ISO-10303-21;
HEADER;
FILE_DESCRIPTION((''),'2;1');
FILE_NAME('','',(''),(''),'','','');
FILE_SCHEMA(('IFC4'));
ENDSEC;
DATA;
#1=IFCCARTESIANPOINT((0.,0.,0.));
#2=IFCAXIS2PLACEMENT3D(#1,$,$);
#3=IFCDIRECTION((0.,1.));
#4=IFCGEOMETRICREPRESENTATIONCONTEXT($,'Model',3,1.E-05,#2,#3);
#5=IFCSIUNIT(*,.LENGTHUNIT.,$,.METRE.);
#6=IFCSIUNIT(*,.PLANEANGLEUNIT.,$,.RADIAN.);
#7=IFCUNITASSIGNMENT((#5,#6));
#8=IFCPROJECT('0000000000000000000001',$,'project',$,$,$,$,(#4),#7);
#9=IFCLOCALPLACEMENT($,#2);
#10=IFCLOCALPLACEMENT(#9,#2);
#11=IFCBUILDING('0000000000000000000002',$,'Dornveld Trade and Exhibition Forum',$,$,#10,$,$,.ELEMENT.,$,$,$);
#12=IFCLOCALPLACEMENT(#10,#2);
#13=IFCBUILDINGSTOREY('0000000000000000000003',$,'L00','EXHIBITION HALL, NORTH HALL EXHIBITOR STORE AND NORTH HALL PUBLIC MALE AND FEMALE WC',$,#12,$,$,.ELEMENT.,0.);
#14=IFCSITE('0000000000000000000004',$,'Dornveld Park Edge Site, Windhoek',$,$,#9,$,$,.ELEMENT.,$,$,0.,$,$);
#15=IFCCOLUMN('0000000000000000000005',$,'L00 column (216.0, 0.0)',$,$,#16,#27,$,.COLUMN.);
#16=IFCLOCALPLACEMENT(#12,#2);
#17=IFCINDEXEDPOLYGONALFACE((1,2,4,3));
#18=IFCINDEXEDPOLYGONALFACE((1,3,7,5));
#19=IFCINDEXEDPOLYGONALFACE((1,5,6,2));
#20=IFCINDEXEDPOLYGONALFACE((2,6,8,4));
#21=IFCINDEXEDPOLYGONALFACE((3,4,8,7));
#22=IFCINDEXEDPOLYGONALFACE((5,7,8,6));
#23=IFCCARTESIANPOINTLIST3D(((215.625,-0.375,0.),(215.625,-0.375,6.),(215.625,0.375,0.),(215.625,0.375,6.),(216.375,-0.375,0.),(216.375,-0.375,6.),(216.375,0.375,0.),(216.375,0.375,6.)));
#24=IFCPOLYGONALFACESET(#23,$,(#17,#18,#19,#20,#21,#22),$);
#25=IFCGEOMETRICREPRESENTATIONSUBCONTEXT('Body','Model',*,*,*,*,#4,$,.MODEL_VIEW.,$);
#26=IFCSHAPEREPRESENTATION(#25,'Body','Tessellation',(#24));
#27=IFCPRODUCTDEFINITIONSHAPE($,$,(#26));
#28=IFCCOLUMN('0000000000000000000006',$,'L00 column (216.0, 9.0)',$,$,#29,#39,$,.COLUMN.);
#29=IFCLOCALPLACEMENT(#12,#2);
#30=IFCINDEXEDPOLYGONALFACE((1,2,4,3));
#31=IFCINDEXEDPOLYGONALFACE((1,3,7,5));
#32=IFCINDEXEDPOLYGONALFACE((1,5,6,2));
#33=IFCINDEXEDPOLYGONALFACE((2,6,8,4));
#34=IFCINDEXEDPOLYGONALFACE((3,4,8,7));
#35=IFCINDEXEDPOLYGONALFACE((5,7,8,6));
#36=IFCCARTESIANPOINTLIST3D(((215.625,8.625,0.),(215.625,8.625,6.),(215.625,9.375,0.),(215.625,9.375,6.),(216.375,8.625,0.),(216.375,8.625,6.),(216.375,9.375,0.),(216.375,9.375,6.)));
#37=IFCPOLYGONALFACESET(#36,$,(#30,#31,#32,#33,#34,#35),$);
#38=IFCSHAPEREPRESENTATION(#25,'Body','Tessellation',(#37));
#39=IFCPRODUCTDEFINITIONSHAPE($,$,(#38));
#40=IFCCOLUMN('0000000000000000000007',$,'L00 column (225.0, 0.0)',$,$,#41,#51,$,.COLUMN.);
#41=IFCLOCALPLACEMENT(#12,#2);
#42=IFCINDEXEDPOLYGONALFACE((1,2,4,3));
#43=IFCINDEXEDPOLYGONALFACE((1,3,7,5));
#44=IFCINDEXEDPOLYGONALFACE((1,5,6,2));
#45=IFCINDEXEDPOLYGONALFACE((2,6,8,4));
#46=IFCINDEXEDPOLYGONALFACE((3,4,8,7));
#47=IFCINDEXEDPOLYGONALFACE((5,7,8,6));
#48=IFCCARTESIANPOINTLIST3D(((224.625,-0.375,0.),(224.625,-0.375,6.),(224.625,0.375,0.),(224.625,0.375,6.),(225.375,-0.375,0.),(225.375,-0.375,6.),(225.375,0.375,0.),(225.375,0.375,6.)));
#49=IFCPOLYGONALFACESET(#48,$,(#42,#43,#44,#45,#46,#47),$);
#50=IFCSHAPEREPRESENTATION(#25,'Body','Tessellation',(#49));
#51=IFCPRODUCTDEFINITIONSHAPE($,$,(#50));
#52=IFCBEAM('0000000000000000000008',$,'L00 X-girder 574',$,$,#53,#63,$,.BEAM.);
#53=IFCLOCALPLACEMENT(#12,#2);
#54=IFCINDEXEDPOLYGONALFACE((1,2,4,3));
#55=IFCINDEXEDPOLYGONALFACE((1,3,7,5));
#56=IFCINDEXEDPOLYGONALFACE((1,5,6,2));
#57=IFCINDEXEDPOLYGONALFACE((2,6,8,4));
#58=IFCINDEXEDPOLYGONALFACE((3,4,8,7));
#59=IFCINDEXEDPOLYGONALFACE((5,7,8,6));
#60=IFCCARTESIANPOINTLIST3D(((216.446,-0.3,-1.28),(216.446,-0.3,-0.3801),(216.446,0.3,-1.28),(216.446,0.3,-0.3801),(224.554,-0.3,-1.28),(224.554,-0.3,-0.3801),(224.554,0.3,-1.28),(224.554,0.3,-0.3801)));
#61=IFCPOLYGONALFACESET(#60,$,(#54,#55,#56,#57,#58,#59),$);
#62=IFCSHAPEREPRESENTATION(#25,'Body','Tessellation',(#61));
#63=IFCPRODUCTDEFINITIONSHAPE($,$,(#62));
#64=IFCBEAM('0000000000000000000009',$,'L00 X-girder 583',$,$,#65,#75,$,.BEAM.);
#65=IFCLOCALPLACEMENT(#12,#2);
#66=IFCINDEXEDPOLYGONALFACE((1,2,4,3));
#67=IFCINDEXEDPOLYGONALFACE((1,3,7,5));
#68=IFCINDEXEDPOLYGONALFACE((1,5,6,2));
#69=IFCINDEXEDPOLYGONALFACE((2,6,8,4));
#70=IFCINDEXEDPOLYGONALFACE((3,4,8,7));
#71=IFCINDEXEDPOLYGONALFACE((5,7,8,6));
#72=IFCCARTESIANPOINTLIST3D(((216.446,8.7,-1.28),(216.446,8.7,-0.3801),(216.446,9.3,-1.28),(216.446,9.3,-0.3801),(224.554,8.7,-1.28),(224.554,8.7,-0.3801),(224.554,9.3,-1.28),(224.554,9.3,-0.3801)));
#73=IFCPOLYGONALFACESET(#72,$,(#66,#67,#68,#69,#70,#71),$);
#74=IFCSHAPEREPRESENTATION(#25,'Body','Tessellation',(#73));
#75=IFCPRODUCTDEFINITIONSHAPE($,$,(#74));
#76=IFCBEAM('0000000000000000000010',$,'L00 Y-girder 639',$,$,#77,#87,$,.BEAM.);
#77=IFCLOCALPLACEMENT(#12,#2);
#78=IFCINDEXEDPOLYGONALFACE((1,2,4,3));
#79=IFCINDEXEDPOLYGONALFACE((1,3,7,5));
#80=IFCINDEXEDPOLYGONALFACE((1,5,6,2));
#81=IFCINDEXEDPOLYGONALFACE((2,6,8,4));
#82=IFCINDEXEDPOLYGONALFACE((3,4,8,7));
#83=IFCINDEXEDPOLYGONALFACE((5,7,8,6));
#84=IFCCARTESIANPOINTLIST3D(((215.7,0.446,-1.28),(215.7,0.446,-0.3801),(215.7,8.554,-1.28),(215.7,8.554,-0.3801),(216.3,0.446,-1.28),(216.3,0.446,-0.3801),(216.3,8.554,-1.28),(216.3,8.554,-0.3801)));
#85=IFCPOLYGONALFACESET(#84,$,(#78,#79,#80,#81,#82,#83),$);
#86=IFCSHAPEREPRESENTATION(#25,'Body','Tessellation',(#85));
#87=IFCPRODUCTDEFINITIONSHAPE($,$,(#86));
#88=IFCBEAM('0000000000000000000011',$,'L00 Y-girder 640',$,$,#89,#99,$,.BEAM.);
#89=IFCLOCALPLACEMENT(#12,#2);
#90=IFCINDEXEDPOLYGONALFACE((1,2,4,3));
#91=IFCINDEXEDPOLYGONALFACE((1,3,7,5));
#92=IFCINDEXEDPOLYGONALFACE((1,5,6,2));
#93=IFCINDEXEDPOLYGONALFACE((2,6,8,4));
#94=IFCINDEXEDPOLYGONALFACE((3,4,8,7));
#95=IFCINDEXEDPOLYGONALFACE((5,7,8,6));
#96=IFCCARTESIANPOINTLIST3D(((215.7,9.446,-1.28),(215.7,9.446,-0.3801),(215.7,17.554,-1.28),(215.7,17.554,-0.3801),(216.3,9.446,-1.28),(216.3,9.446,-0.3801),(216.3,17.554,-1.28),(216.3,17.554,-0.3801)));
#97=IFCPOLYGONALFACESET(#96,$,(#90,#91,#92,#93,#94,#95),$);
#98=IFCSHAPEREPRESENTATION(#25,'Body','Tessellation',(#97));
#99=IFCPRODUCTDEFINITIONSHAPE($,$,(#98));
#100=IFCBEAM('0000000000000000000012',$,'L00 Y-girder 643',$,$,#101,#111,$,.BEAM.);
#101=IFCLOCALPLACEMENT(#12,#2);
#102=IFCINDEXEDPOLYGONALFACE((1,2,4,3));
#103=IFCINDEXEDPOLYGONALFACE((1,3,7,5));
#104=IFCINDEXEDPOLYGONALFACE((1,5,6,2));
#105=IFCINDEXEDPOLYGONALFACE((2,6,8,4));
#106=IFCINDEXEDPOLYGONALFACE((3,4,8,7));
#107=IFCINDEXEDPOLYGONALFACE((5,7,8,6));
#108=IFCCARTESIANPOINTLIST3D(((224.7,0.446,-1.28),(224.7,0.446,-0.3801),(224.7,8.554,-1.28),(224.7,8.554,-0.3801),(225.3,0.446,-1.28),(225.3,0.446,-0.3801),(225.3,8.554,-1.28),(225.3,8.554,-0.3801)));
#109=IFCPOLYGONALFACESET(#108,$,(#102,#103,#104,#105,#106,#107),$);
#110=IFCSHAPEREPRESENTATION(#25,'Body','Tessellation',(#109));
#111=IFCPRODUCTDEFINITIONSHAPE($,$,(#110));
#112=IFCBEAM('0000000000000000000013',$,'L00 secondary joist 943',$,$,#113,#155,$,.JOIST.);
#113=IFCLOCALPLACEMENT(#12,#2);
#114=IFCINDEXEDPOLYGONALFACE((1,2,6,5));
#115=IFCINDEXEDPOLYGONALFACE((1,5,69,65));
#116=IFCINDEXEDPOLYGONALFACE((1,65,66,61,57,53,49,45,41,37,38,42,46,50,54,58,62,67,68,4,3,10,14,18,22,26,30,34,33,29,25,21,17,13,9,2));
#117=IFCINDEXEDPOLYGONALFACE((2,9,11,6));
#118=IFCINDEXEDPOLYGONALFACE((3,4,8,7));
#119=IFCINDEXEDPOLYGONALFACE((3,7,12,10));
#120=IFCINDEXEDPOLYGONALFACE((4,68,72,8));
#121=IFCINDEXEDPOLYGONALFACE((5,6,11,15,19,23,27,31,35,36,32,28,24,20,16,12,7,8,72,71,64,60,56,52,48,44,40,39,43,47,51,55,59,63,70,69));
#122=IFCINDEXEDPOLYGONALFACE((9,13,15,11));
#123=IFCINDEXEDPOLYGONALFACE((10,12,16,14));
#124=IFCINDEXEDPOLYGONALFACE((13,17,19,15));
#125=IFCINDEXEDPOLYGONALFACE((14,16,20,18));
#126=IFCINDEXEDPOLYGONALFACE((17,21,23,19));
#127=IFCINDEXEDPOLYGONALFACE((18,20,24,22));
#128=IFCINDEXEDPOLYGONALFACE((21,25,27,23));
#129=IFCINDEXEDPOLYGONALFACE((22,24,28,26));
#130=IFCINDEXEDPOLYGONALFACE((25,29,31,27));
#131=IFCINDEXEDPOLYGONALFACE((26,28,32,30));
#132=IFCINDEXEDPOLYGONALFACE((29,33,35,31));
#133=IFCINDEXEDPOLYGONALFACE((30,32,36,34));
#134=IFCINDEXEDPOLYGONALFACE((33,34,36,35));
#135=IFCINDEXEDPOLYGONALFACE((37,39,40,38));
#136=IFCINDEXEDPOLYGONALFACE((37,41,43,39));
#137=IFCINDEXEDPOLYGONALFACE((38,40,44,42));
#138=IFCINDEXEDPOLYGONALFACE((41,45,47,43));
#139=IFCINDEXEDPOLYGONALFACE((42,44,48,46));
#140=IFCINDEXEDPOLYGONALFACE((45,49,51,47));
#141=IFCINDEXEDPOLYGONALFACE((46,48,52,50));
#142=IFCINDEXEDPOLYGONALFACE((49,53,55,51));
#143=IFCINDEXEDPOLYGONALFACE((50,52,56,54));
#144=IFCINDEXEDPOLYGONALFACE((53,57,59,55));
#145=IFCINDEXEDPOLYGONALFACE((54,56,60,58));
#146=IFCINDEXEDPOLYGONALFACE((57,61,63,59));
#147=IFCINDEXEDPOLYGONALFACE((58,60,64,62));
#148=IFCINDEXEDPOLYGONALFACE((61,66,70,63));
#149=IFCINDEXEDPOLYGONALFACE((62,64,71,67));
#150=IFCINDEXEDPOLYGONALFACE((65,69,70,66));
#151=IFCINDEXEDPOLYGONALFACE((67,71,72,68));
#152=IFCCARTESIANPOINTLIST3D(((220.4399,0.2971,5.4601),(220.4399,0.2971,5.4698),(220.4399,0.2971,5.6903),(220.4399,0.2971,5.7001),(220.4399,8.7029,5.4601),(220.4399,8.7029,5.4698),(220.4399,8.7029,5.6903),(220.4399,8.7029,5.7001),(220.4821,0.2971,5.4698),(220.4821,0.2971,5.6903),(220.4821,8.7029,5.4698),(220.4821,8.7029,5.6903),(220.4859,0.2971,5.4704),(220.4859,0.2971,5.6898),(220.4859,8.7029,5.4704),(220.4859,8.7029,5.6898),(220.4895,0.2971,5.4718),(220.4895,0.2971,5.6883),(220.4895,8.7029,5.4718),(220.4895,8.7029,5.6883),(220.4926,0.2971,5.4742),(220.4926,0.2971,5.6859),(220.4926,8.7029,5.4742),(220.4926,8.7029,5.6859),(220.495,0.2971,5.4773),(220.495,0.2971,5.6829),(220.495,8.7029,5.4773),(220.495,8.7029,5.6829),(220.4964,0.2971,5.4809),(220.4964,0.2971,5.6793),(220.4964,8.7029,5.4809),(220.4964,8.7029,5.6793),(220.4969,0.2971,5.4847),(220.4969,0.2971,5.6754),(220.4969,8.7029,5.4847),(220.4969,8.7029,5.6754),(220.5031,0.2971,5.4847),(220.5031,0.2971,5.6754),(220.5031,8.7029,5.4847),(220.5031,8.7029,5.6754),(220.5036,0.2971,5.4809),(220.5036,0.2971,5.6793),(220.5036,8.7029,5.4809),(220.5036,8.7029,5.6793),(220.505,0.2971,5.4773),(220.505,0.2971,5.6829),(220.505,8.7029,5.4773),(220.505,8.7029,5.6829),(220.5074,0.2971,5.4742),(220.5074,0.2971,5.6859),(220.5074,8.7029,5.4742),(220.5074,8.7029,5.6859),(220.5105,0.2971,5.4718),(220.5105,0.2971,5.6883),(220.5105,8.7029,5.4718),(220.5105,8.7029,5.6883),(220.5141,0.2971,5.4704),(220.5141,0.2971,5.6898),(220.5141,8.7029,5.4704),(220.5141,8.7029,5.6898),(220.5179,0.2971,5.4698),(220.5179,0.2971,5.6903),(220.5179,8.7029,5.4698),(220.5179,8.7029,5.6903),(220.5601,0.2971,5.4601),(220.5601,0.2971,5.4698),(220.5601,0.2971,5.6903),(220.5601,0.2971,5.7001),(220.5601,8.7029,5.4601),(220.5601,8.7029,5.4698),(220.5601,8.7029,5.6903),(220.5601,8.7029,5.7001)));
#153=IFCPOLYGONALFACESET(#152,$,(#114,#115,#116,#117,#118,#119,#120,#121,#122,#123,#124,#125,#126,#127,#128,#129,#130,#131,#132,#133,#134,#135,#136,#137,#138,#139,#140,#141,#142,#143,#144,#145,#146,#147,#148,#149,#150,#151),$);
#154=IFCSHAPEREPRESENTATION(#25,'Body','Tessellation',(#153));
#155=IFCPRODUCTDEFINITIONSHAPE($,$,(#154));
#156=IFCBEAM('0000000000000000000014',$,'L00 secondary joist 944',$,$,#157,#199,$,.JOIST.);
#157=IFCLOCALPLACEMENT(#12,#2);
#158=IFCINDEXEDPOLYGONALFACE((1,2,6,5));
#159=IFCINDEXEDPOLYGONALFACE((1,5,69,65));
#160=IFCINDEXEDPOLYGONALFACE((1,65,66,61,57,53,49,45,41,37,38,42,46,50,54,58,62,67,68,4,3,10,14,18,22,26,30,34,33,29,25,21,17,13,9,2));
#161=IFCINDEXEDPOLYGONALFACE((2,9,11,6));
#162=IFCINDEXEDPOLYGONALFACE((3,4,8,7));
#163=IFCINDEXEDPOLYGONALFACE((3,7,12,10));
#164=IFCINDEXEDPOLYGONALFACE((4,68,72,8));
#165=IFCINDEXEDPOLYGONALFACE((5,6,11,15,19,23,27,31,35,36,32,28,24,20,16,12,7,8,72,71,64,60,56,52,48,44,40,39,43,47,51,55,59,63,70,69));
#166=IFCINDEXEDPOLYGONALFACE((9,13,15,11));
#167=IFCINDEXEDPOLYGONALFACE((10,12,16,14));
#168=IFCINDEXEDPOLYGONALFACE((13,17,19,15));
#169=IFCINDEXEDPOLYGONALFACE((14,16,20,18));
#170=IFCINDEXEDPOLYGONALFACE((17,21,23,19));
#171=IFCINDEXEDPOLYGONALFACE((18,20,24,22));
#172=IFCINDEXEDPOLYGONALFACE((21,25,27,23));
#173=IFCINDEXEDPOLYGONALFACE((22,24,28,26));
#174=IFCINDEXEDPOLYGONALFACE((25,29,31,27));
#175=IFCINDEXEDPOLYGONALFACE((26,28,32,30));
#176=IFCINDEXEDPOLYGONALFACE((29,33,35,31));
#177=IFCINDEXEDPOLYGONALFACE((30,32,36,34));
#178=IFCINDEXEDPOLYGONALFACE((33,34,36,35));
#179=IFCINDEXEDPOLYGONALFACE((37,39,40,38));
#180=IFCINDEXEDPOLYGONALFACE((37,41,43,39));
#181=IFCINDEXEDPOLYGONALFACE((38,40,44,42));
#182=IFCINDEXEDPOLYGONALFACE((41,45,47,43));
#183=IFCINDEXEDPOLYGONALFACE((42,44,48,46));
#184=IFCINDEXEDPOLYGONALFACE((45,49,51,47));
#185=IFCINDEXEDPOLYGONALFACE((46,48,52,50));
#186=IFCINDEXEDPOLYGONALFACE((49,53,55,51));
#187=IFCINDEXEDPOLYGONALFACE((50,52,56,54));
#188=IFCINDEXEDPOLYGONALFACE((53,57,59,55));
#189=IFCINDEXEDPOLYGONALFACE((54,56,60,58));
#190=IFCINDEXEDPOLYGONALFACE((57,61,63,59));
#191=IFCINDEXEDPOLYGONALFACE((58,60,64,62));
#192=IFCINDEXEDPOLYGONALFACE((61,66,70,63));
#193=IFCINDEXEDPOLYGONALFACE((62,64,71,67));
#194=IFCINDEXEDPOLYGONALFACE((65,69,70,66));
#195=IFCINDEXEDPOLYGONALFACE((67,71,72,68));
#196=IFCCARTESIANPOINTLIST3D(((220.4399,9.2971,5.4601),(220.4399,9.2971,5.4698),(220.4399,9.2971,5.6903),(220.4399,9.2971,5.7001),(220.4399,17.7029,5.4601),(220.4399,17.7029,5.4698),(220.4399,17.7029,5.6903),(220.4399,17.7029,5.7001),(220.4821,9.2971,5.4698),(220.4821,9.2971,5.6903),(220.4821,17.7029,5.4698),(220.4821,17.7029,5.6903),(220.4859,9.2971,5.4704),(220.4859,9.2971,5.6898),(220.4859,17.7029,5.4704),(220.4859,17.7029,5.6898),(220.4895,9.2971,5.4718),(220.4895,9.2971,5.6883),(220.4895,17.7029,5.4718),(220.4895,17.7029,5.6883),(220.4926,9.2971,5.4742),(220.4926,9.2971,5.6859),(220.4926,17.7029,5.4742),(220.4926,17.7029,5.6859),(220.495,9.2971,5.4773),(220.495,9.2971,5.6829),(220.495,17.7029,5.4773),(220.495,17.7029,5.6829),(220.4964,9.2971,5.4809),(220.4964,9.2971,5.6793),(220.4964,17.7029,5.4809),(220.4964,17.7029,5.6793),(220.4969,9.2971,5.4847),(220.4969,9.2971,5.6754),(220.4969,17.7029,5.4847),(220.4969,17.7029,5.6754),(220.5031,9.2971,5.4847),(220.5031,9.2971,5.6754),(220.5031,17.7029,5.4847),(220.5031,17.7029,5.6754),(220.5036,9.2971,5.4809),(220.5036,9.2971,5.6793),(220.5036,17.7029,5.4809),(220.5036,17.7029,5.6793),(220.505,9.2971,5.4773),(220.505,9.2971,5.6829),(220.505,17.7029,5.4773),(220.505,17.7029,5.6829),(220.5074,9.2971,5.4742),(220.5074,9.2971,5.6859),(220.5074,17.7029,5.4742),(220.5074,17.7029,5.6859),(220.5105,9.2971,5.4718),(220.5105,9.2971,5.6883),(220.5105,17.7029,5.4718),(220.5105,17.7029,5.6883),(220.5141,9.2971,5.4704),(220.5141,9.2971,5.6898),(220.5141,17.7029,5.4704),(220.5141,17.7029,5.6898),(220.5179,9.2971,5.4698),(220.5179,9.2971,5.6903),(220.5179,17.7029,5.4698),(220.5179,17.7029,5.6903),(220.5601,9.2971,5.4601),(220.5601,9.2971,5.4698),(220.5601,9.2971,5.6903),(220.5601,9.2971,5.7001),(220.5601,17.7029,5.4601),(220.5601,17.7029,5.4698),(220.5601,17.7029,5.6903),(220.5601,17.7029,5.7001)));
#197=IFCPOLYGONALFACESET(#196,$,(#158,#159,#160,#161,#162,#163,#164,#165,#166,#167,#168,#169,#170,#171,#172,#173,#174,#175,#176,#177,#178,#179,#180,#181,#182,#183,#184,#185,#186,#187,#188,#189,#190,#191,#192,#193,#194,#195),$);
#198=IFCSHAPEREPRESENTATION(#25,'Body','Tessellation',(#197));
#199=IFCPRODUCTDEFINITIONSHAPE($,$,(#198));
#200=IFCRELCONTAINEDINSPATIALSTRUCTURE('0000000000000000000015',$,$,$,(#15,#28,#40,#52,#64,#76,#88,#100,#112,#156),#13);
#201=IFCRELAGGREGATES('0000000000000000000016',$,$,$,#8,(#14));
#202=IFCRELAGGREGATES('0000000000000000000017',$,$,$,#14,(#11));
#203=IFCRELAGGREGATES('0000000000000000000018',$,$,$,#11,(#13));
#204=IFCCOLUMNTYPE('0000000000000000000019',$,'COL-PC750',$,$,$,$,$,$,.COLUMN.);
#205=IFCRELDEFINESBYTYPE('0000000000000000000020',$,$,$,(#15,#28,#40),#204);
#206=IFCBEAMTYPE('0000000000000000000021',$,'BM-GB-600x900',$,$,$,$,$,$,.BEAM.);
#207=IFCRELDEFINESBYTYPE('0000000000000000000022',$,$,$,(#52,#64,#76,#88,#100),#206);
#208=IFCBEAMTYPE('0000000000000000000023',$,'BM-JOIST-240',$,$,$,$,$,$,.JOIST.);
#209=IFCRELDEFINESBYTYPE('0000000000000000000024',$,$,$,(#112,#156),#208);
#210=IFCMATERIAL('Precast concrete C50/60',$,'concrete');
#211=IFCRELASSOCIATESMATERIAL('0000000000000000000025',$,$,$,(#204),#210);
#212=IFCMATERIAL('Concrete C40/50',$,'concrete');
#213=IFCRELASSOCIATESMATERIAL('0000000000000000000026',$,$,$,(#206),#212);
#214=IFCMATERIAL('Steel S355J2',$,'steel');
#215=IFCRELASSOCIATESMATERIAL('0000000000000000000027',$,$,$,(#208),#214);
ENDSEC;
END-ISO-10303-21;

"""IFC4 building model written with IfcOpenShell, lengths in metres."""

from ifc_helpers import new_model, si_unit, direction, frame, origin, origin_2d, place, context, subcontext, project, spatial, rectangle, i_section, extrude, material, material_profile, profile_set, type_object, element, save


model = new_model("IFC4")

# Units and contexts
model_context = context("Model", 3, precision=1e-05, world=origin(), true_north=direction((0.0, 1.0)))
body_context = subcontext(model_context, "Body", "Model", "MODEL_VIEW")
ifc_project = project(units=[si_unit("LENGTHUNIT", "METRE"), si_unit("PLANEANGLEUNIT", "RADIAN")], contexts=[model_context])

# Site, building, storey
site_placement = place(None, origin())
site = spatial("IfcSite", under=ifc_project, at=site_placement, Name="Dornveld Park Edge Site, Windhoek", CompositionType="ELEMENT", RefElevation=0.0)
building_placement = place(site_placement, origin())
building = spatial("IfcBuilding", under=site, at=building_placement, Name="Dornveld Trade and Exhibition Forum", CompositionType="ELEMENT")
storey_placement = place(building_placement, origin())
storey = spatial("IfcBuildingStorey", under=building, at=storey_placement, Name="L00", Description="EXHIBITION HALL, NORTH HALL EXHIBITOR STORE AND NORTH HALL PUBLIC MALE AND FEMALE WC", CompositionType="ELEMENT", Elevation=0.0)

# Columns
ifc_material_1 = material(Name="Precast concrete C50/60", Category="concrete")
ifc_material_profile_1 = material_profile(ifc_material_1, rectangle(XDim=0.75, YDim=0.75, at=origin_2d()), Name="PC-COL 750x750")
ifc_profile_set_1 = profile_set([ifc_material_profile_1], Name="Precast concrete C50/60")
column_type = type_object("IfcColumnType", Name="COL-PC750", PredefinedType="COLUMN", material=ifc_profile_set_1)
for number, where, z_axis, x_axis, name in (
    (1, (216.0, 0.0, 0.0), (0.0, 0.0, 1.0), (1.0, 0.0, 0.0), "L00 column (216.0, 0.0)"),
    (2, (216.0, 9.0, 0.0), (0.0, 0.0, 1.0), (1.0, 0.0, 0.0), "L00 column (216.0, 9.0)"),
    (3, (225.0, 0.0, 0.0), (0.0, 0.0, 1.0), (1.0, 0.0, 0.0), "L00 column (225.0, 0.0)"),
):
    element("IfcColumn", number, at=place(storey_placement, frame(where, z_axis=z_axis, x_axis=x_axis)), inside=storey, type_object=column_type, Name=name, PredefinedType="COLUMN", context=body_context, shape_type="SweptSolid", body=[
        extrude(rectangle(XDim=0.75, YDim=0.75, at=origin_2d()), origin(), (0.0, 0.0, 1.0), 6.0),
    ])

# Beams
ifc_material_2 = material(Name="Concrete C40/50", Category="concrete")
ifc_material_profile_2 = material_profile(ifc_material_2, rectangle(XDim=0.6001, YDim=0.8999, at=origin_2d()), Name="RC-GB 600x900")
ifc_profile_set_2 = profile_set([ifc_material_profile_2], Name="Concrete C40/50")
beam_type_1 = type_object("IfcBeamType", Name="BM-GB-600x900", PredefinedType="BEAM", material=ifc_profile_set_2)
for number, where, z_axis, x_axis, name in (
    (4, (216.446, 0.0, -0.8301), (1.0, 0.0, 0.0), (0.0, 1.0, 0.0), "L00 X-girder 574"),
    (5, (216.446, 9.0, -0.8301), (1.0, 0.0, 0.0), (0.0, 1.0, 0.0), "L00 X-girder 583"),
    (6, (216.0, 0.446, -0.8301), (0.0, 1.0, 0.0), (-1.0, 0.0, 0.0), "L00 Y-girder 639"),
    (7, (216.0, 9.446, -0.8301), (0.0, 1.0, 0.0), (-1.0, 0.0, 0.0), "L00 Y-girder 640"),
    (8, (225.0, 0.446, -0.8301), (0.0, 1.0, 0.0), (-1.0, 0.0, 0.0), "L00 Y-girder 643"),
):
    element("IfcBeam", number, at=place(storey_placement, frame(where, z_axis=z_axis, x_axis=x_axis)), inside=storey, type_object=beam_type_1, Name=name, PredefinedType="BEAM", context=body_context, shape_type="SweptSolid", body=[
        extrude(rectangle(XDim=0.6001, YDim=0.8999, at=origin_2d()), origin(), (0.0, 0.0, 1.0), 8.1079),
    ])
ifc_material_3 = material(Name="Steel S355J2", Category="steel")
ifc_material_profile_3 = material_profile(ifc_material_3, i_section(OverallWidth=0.1201, OverallDepth=0.24, WebThickness=0.0061, FlangeThickness=0.0098, FilletRadius=0.0149, at=origin_2d()), Name="IPE 240")
ifc_profile_set_3 = profile_set([ifc_material_profile_3], Name="Steel S355J2")
beam_type_2 = type_object("IfcBeamType", Name="BM-JOIST-240", PredefinedType="JOIST", material=ifc_profile_set_3)
for number, where, z_axis, x_axis, name in (
    (9, (220.5, 0.2971, 5.5801), (0.0, 1.0, 0.0), (-1.0, 0.0, 0.0), "L00 secondary joist 943"),
    (10, (220.5, 9.2971, 5.5801), (0.0, 1.0, 0.0), (-1.0, 0.0, 0.0), "L00 secondary joist 944"),
):
    element("IfcBeam", number, at=place(storey_placement, frame(where, z_axis=z_axis, x_axis=x_axis)), inside=storey, type_object=beam_type_2, Name=name, PredefinedType="JOIST", context=body_context, shape_type="SweptSolid", body=[
        extrude(i_section(OverallWidth=0.1201, OverallDepth=0.24, WebThickness=0.0061, FlangeThickness=0.0098, FilletRadius=0.0149, at=origin_2d()), origin(), (0.0, 0.0, 1.0), 8.4058),
    ])

save(model, "model.ifc")
